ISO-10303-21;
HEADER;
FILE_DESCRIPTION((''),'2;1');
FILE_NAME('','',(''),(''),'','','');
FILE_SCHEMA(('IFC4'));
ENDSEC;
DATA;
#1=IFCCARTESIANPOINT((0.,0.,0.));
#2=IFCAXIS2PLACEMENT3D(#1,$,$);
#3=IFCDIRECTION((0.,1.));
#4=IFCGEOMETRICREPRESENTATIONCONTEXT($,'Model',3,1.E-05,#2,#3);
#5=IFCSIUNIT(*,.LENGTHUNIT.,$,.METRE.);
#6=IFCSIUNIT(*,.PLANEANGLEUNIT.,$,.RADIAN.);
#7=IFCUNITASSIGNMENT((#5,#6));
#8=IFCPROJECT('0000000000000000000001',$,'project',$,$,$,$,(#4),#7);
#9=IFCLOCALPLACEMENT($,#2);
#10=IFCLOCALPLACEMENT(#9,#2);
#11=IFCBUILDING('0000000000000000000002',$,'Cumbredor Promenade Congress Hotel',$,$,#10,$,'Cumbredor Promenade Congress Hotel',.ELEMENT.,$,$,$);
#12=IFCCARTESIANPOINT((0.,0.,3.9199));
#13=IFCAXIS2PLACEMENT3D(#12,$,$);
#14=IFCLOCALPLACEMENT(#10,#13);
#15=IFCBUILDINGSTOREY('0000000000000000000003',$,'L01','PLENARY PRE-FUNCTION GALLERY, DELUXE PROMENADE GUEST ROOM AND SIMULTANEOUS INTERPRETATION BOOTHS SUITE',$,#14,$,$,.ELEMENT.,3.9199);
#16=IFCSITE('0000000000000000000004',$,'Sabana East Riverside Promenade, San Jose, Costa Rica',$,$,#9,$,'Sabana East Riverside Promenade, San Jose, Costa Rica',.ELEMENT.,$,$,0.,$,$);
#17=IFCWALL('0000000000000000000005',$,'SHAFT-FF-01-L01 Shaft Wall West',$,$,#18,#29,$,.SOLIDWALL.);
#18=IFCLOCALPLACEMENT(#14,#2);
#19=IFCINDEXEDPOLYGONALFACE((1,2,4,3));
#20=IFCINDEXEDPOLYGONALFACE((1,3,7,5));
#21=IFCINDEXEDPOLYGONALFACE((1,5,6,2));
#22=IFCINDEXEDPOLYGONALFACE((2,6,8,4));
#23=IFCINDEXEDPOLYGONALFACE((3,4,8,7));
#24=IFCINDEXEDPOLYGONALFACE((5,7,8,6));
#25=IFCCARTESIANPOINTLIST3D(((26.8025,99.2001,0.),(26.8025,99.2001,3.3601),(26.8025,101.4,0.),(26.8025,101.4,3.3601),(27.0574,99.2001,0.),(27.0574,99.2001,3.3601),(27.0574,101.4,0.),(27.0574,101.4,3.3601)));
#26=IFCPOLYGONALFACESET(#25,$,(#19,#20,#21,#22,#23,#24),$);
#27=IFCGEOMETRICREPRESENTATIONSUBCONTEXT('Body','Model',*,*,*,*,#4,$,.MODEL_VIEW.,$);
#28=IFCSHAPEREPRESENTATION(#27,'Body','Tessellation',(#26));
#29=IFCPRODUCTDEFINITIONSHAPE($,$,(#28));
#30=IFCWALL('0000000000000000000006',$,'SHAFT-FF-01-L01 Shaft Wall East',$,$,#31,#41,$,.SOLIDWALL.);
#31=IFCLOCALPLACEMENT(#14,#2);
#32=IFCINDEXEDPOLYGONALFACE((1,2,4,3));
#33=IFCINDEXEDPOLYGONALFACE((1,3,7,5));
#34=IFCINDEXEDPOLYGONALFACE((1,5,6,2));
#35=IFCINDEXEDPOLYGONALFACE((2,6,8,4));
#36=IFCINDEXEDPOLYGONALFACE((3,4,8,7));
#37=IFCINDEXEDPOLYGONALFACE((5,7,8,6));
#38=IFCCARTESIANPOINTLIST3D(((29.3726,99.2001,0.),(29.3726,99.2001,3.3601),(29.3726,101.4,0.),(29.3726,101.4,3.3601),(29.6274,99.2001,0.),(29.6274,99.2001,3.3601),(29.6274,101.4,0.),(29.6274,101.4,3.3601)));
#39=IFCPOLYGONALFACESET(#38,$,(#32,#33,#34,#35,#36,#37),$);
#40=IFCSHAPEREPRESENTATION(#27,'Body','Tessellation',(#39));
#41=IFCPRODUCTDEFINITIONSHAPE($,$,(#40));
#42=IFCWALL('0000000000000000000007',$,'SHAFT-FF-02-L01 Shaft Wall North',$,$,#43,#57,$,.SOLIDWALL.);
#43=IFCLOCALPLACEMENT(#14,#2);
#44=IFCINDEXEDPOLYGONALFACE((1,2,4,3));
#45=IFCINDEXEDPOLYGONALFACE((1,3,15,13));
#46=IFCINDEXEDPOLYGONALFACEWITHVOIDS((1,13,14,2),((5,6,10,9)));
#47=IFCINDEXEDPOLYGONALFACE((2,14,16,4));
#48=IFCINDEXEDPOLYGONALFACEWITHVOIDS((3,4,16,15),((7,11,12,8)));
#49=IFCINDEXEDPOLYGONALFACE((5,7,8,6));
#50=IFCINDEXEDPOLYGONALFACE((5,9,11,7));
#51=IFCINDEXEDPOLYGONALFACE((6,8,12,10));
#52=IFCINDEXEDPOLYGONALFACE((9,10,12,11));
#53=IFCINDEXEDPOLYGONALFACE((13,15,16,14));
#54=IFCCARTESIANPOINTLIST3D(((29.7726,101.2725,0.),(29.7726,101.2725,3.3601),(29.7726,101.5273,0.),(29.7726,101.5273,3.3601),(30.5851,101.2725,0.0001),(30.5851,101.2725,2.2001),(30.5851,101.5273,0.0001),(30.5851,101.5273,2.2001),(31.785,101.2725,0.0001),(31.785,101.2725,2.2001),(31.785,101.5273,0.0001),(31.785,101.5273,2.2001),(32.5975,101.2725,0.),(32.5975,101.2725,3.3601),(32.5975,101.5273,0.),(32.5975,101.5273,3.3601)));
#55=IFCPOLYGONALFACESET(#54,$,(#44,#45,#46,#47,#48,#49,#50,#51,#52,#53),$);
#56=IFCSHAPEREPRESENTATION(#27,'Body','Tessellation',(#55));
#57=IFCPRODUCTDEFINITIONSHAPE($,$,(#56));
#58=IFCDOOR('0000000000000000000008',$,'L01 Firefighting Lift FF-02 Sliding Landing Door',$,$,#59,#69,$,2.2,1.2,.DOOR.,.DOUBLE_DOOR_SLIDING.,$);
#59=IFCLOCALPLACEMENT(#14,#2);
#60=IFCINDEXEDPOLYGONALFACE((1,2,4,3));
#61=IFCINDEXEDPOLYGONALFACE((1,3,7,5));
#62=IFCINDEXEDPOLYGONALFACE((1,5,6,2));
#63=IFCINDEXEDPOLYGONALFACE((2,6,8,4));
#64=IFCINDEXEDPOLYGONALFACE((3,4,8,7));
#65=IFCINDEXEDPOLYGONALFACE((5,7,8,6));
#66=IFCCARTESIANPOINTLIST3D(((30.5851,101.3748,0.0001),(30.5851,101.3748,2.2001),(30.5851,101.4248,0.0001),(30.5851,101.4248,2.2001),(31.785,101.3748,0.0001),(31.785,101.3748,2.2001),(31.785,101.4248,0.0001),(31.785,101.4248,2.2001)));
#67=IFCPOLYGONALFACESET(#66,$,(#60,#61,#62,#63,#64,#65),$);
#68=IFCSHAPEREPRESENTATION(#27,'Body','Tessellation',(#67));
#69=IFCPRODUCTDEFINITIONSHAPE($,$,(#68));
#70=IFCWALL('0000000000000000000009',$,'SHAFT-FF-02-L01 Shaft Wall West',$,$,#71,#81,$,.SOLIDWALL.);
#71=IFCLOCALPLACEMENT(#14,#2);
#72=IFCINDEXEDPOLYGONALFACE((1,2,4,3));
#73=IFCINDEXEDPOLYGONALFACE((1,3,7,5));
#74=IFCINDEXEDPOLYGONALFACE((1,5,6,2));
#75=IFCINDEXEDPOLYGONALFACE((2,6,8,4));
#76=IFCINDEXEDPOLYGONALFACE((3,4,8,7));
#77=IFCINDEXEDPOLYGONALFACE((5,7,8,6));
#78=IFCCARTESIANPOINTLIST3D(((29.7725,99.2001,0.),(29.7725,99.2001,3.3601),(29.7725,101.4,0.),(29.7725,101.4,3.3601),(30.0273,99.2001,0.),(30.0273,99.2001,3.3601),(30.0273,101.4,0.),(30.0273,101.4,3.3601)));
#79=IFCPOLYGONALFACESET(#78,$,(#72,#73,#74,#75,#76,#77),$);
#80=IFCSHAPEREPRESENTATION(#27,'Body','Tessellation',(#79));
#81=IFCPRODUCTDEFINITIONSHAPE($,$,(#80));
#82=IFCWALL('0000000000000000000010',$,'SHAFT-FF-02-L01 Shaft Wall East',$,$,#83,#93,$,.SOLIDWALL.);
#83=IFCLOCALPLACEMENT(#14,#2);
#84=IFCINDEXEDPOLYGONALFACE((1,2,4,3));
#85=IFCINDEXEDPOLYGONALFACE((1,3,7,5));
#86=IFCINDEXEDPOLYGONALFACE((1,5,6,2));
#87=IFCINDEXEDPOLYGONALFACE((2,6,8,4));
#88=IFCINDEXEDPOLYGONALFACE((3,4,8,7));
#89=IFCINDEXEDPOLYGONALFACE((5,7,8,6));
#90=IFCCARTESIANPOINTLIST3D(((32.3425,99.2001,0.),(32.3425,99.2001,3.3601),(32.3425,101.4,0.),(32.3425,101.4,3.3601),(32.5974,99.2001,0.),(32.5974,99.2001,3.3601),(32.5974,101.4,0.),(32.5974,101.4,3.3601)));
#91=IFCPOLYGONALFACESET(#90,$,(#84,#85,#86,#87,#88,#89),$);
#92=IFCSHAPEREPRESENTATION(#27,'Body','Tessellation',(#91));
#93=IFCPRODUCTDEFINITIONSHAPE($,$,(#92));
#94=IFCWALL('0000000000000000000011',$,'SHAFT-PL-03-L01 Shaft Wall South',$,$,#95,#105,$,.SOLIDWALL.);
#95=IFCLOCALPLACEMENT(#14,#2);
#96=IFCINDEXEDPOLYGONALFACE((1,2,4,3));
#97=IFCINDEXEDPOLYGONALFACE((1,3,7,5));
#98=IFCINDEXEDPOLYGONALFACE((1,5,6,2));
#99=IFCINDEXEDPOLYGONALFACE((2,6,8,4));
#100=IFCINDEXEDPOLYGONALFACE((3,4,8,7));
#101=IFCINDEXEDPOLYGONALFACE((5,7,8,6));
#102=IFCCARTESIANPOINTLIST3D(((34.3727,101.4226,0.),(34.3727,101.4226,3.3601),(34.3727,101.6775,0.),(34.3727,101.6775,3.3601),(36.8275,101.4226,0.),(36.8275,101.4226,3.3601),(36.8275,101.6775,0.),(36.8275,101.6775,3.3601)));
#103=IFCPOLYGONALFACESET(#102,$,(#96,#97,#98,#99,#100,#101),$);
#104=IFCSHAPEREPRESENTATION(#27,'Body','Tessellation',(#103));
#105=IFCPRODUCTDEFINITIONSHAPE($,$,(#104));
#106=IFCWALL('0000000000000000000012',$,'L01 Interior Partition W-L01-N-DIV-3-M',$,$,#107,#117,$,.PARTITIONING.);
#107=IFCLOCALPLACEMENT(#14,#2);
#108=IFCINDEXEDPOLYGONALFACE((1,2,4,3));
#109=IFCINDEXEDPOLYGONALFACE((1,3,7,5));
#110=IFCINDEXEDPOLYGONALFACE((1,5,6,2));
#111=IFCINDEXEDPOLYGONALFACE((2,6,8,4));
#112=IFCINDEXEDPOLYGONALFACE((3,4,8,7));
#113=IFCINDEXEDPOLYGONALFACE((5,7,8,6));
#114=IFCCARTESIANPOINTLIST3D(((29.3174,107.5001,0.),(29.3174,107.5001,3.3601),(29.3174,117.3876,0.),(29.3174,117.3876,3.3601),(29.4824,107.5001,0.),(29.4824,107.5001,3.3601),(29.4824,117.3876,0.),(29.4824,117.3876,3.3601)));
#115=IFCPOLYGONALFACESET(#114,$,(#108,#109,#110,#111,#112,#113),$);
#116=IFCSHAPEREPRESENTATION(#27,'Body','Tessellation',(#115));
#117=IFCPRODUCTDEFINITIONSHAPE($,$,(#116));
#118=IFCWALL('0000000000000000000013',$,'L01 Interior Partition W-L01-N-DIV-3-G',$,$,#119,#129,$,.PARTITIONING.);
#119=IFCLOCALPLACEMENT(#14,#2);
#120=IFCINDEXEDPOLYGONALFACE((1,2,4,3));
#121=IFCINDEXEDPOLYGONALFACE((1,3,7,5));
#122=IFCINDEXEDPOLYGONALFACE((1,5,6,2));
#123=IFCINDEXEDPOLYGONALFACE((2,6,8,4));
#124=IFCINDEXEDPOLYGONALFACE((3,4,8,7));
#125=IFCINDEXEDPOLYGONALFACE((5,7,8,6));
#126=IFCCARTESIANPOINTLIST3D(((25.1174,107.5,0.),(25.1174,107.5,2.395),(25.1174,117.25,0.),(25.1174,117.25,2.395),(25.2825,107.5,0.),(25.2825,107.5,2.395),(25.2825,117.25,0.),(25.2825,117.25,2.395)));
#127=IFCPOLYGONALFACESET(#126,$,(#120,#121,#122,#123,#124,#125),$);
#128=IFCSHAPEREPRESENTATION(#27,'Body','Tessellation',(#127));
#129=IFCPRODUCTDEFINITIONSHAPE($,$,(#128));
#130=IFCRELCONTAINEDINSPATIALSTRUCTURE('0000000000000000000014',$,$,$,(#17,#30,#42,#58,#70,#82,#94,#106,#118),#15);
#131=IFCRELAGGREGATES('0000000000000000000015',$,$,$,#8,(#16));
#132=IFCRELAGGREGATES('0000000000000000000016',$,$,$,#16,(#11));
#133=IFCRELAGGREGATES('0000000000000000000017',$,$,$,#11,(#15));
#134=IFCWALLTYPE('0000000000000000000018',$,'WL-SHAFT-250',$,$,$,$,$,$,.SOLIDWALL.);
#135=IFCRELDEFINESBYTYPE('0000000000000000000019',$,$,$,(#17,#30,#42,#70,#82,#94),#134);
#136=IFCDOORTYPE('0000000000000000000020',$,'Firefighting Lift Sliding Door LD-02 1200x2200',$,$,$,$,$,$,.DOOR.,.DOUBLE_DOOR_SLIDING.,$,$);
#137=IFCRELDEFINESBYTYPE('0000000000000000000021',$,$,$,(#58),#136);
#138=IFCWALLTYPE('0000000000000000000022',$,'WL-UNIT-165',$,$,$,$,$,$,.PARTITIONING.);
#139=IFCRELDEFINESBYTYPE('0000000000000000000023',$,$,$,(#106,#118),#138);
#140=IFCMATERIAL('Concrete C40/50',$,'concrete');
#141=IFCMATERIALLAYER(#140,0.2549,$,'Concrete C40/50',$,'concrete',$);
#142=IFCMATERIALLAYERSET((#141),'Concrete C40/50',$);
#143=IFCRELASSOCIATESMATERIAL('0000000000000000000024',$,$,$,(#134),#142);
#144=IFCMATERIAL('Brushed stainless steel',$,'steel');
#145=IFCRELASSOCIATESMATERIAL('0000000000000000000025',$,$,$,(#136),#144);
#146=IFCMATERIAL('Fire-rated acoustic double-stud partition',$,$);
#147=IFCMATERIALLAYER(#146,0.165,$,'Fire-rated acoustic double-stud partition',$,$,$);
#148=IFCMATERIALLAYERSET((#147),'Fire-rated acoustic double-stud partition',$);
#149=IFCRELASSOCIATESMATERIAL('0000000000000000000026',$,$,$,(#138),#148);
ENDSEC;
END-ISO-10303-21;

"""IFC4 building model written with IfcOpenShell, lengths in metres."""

from ifc_helpers import new_model, si_unit, direction, frame, frame_2d, origin, place, context, subcontext, project, spatial, rectangle, extrude, material, layer, layer_set, type_object, element, fill, save


model = new_model("IFC4")

# Units and contexts
model_context = context("Model", 3, precision=1e-05, world=origin(), true_north=direction((0.0, 1.0)))
body_context = subcontext(model_context, "Body", "Model", "MODEL_VIEW")
ifc_project = project(units=[si_unit("LENGTHUNIT", "METRE"), si_unit("PLANEANGLEUNIT", "RADIAN")], contexts=[model_context])

# Site, building, storey
site_placement = place(None, origin())
site = spatial("IfcSite", under=ifc_project, at=site_placement, Name="Sabana East Riverside Promenade, San Jose, Costa Rica", LongName="Sabana East Riverside Promenade, San Jose, Costa Rica", CompositionType="ELEMENT", RefElevation=0.0)
building_placement = place(site_placement, origin())
building = spatial("IfcBuilding", under=site, at=building_placement, Name="Cumbredor Promenade Congress Hotel", LongName="Cumbredor Promenade Congress Hotel", CompositionType="ELEMENT")
storey_placement = place(building_placement, frame((0.0, 0.0, 3.9199)))
storey = spatial("IfcBuildingStorey", under=building, at=storey_placement, Name="L01", Description="PLENARY PRE-FUNCTION GALLERY, DELUXE PROMENADE GUEST ROOM AND SIMULTANEOUS INTERPRETATION BOOTHS SUITE", CompositionType="ELEMENT", Elevation=3.9199)

# Shared definitions
ifc_material_1 = material(Name="Concrete C40/50", Category="concrete")

# Shared definitions
ifc_layer_1 = layer(ifc_material_1, 0.2549, Name="Concrete C40/50", Category="concrete")
ifc_layer_set_1 = layer_set([ifc_layer_1], Name="Concrete C40/50")
wall_type_1 = type_object("IfcWallType", Name="WL-SHAFT-250", PredefinedType="SOLIDWALL", material=ifc_layer_set_1)

# Shared definitions
ifc_material_2 = material(Name="Brushed stainless steel", Category="steel")
door_type_1 = type_object("IfcDoorType", Name="Firefighting Lift Sliding Door LD-02 1200x2200", OperationType="DOUBLE_DOOR_SLIDING", PredefinedType="DOOR", material=ifc_material_2)

# Walls
for number, where, z_axis, x_axis, name in (
    (1, (26.9299, 99.2, 0.0), (0.0, 0.0, 1.0), (0.0, 1.0, 0.0), "SHAFT-FF-01-L01 Shaft Wall West"),
    (2, (29.5, 99.2, 0.0), (0.0, 0.0, 1.0), (0.0, 1.0, 0.0), "SHAFT-FF-01-L01 Shaft Wall East"),
):
    element("IfcWall", number, at=place(storey_placement, frame(where, z_axis=z_axis, x_axis=x_axis)), inside=storey, type_object=wall_type_1, Name=name, PredefinedType="SOLIDWALL", context=body_context, shape_type="SweptSolid", body=[
        extrude(rectangle(XDim=2.2, YDim=0.2549, at=frame_2d((1.1001, 0.0))), origin(), (0.0, 0.0, 1.0), 3.3601),
    ])

# Wall, opening, door
wall_1_placement = place(storey_placement, frame((29.7725, 101.3999, 0.0), z_axis=(0.0, 0.0, 1.0), x_axis=(1.0, 0.0, 0.0)))
wall_1 = element("IfcWall", 3, at=wall_1_placement, inside=storey, type_object=wall_type_1, Name="SHAFT-FF-02-L01 Shaft Wall North", PredefinedType="SOLIDWALL", context=body_context, shape_type="SweptSolid", body=[
    extrude(rectangle(XDim=2.825, YDim=0.2549, at=frame_2d((1.4126, 0.0))), origin(), (0.0, 0.0, 1.0), 3.3601),
])
opening_1_placement = place(wall_1_placement, frame((0.8125, 0.0, 0.0)))
opening_1 = element("IfcOpeningElement", 4, at=opening_1_placement, cuts=wall_1, PredefinedType="OPENING", context=body_context, shape_type="SweptSolid", body=[
    extrude(rectangle(XDim=1.2, YDim=2.2, at=frame_2d((0.6001, 1.1001))), frame((0.0, 0.1375, 0.0), z_axis=(0.0, -1.0, 0.0), x_axis=(1.0, 0.0, 0.0)), (0.0, 0.0, 1.0), 0.2749),
])
door_1_placement = place(opening_1_placement, origin())
door_1 = element("IfcDoor", 5, at=door_1_placement, inside=storey, type_object=door_type_1, Name="L01 Firefighting Lift FF-02 Sliding Landing Door", OperationType="DOUBLE_DOOR_SLIDING", OverallHeight=2.2, OverallWidth=1.2, PredefinedType="DOOR", context=body_context, shape_type="SweptSolid", body=[
    extrude(rectangle(XDim=1.2, YDim=2.2, at=frame_2d((0.6001, 1.1001))), frame((0.0, 0.0249, 0.0), z_axis=(0.0, -1.0, 0.0), x_axis=(1.0, 0.0, 0.0)), (0.0, 0.0, 1.0), 0.05),
])
fill(opening_1, door_1)

# Walls
for number, where, z_axis, x_axis, name in (
    (6, (29.8999, 99.2, 0.0), (0.0, 0.0, 1.0), (0.0, 1.0, 0.0), "SHAFT-FF-02-L01 Shaft Wall West"),
    (7, (32.47, 99.2, 0.0), (0.0, 0.0, 1.0), (0.0, 1.0, 0.0), "SHAFT-FF-02-L01 Shaft Wall East"),
):
    element("IfcWall", number, at=place(storey_placement, frame(where, z_axis=z_axis, x_axis=x_axis)), inside=storey, type_object=wall_type_1, Name=name, PredefinedType="SOLIDWALL", context=body_context, shape_type="SweptSolid", body=[
        extrude(rectangle(XDim=2.2, YDim=0.2549, at=frame_2d((1.1001, 0.0))), origin(), (0.0, 0.0, 1.0), 3.3601),
    ])
wall_2_placement = place(storey_placement, frame((34.3726, 101.55, 0.0), z_axis=(0.0, 0.0, 1.0), x_axis=(1.0, 0.0, 0.0)))
element("IfcWall", 8, at=wall_2_placement, inside=storey, type_object=wall_type_1, Name="SHAFT-PL-03-L01 Shaft Wall South", PredefinedType="SOLIDWALL", context=body_context, shape_type="SweptSolid", body=[
    extrude(rectangle(XDim=2.4548, YDim=0.2549, at=frame_2d((1.2275, 0.0))), origin(), (0.0, 0.0, 1.0), 3.3601),
])

# Walls
ifc_material_3 = material(Name="Fire-rated acoustic double-stud partition")
ifc_layer_2 = layer(ifc_material_3, 0.165, Name="Fire-rated acoustic double-stud partition")
ifc_layer_set_2 = layer_set([ifc_layer_2], Name="Fire-rated acoustic double-stud partition")
wall_type_2 = type_object("IfcWallType", Name="WL-UNIT-165", PredefinedType="PARTITIONING", material=ifc_layer_set_2)
wall_3_placement = place(storey_placement, frame((29.3999, 107.5, 0.0), z_axis=(0.0, 0.0, 1.0), x_axis=(0.0, 1.0, 0.0)))
element("IfcWall", 9, at=wall_3_placement, inside=storey, type_object=wall_type_2, Name="L01 Interior Partition W-L01-N-DIV-3-M", PredefinedType="PARTITIONING", context=body_context, shape_type="SweptSolid", body=[
    extrude(rectangle(XDim=9.8875, YDim=0.165, at=frame_2d((4.9438, 0.0))), origin(), (0.0, 0.0, 1.0), 3.3601),
])
wall_4_placement = place(storey_placement, frame((25.2, 107.5, 0.0), z_axis=(0.0, 0.0, 1.0), x_axis=(0.0, 1.0, 0.0)))
element("IfcWall", 10, at=wall_4_placement, inside=storey, type_object=wall_type_2, Name="L01 Interior Partition W-L01-N-DIV-3-G", PredefinedType="PARTITIONING", context=body_context, shape_type="SweptSolid", body=[
    extrude(rectangle(XDim=9.75, YDim=0.165, at=frame_2d((4.875, 0.0))), origin(), (0.0, 0.0, 1.0), 2.395),
])

save(model, "model.ifc")
